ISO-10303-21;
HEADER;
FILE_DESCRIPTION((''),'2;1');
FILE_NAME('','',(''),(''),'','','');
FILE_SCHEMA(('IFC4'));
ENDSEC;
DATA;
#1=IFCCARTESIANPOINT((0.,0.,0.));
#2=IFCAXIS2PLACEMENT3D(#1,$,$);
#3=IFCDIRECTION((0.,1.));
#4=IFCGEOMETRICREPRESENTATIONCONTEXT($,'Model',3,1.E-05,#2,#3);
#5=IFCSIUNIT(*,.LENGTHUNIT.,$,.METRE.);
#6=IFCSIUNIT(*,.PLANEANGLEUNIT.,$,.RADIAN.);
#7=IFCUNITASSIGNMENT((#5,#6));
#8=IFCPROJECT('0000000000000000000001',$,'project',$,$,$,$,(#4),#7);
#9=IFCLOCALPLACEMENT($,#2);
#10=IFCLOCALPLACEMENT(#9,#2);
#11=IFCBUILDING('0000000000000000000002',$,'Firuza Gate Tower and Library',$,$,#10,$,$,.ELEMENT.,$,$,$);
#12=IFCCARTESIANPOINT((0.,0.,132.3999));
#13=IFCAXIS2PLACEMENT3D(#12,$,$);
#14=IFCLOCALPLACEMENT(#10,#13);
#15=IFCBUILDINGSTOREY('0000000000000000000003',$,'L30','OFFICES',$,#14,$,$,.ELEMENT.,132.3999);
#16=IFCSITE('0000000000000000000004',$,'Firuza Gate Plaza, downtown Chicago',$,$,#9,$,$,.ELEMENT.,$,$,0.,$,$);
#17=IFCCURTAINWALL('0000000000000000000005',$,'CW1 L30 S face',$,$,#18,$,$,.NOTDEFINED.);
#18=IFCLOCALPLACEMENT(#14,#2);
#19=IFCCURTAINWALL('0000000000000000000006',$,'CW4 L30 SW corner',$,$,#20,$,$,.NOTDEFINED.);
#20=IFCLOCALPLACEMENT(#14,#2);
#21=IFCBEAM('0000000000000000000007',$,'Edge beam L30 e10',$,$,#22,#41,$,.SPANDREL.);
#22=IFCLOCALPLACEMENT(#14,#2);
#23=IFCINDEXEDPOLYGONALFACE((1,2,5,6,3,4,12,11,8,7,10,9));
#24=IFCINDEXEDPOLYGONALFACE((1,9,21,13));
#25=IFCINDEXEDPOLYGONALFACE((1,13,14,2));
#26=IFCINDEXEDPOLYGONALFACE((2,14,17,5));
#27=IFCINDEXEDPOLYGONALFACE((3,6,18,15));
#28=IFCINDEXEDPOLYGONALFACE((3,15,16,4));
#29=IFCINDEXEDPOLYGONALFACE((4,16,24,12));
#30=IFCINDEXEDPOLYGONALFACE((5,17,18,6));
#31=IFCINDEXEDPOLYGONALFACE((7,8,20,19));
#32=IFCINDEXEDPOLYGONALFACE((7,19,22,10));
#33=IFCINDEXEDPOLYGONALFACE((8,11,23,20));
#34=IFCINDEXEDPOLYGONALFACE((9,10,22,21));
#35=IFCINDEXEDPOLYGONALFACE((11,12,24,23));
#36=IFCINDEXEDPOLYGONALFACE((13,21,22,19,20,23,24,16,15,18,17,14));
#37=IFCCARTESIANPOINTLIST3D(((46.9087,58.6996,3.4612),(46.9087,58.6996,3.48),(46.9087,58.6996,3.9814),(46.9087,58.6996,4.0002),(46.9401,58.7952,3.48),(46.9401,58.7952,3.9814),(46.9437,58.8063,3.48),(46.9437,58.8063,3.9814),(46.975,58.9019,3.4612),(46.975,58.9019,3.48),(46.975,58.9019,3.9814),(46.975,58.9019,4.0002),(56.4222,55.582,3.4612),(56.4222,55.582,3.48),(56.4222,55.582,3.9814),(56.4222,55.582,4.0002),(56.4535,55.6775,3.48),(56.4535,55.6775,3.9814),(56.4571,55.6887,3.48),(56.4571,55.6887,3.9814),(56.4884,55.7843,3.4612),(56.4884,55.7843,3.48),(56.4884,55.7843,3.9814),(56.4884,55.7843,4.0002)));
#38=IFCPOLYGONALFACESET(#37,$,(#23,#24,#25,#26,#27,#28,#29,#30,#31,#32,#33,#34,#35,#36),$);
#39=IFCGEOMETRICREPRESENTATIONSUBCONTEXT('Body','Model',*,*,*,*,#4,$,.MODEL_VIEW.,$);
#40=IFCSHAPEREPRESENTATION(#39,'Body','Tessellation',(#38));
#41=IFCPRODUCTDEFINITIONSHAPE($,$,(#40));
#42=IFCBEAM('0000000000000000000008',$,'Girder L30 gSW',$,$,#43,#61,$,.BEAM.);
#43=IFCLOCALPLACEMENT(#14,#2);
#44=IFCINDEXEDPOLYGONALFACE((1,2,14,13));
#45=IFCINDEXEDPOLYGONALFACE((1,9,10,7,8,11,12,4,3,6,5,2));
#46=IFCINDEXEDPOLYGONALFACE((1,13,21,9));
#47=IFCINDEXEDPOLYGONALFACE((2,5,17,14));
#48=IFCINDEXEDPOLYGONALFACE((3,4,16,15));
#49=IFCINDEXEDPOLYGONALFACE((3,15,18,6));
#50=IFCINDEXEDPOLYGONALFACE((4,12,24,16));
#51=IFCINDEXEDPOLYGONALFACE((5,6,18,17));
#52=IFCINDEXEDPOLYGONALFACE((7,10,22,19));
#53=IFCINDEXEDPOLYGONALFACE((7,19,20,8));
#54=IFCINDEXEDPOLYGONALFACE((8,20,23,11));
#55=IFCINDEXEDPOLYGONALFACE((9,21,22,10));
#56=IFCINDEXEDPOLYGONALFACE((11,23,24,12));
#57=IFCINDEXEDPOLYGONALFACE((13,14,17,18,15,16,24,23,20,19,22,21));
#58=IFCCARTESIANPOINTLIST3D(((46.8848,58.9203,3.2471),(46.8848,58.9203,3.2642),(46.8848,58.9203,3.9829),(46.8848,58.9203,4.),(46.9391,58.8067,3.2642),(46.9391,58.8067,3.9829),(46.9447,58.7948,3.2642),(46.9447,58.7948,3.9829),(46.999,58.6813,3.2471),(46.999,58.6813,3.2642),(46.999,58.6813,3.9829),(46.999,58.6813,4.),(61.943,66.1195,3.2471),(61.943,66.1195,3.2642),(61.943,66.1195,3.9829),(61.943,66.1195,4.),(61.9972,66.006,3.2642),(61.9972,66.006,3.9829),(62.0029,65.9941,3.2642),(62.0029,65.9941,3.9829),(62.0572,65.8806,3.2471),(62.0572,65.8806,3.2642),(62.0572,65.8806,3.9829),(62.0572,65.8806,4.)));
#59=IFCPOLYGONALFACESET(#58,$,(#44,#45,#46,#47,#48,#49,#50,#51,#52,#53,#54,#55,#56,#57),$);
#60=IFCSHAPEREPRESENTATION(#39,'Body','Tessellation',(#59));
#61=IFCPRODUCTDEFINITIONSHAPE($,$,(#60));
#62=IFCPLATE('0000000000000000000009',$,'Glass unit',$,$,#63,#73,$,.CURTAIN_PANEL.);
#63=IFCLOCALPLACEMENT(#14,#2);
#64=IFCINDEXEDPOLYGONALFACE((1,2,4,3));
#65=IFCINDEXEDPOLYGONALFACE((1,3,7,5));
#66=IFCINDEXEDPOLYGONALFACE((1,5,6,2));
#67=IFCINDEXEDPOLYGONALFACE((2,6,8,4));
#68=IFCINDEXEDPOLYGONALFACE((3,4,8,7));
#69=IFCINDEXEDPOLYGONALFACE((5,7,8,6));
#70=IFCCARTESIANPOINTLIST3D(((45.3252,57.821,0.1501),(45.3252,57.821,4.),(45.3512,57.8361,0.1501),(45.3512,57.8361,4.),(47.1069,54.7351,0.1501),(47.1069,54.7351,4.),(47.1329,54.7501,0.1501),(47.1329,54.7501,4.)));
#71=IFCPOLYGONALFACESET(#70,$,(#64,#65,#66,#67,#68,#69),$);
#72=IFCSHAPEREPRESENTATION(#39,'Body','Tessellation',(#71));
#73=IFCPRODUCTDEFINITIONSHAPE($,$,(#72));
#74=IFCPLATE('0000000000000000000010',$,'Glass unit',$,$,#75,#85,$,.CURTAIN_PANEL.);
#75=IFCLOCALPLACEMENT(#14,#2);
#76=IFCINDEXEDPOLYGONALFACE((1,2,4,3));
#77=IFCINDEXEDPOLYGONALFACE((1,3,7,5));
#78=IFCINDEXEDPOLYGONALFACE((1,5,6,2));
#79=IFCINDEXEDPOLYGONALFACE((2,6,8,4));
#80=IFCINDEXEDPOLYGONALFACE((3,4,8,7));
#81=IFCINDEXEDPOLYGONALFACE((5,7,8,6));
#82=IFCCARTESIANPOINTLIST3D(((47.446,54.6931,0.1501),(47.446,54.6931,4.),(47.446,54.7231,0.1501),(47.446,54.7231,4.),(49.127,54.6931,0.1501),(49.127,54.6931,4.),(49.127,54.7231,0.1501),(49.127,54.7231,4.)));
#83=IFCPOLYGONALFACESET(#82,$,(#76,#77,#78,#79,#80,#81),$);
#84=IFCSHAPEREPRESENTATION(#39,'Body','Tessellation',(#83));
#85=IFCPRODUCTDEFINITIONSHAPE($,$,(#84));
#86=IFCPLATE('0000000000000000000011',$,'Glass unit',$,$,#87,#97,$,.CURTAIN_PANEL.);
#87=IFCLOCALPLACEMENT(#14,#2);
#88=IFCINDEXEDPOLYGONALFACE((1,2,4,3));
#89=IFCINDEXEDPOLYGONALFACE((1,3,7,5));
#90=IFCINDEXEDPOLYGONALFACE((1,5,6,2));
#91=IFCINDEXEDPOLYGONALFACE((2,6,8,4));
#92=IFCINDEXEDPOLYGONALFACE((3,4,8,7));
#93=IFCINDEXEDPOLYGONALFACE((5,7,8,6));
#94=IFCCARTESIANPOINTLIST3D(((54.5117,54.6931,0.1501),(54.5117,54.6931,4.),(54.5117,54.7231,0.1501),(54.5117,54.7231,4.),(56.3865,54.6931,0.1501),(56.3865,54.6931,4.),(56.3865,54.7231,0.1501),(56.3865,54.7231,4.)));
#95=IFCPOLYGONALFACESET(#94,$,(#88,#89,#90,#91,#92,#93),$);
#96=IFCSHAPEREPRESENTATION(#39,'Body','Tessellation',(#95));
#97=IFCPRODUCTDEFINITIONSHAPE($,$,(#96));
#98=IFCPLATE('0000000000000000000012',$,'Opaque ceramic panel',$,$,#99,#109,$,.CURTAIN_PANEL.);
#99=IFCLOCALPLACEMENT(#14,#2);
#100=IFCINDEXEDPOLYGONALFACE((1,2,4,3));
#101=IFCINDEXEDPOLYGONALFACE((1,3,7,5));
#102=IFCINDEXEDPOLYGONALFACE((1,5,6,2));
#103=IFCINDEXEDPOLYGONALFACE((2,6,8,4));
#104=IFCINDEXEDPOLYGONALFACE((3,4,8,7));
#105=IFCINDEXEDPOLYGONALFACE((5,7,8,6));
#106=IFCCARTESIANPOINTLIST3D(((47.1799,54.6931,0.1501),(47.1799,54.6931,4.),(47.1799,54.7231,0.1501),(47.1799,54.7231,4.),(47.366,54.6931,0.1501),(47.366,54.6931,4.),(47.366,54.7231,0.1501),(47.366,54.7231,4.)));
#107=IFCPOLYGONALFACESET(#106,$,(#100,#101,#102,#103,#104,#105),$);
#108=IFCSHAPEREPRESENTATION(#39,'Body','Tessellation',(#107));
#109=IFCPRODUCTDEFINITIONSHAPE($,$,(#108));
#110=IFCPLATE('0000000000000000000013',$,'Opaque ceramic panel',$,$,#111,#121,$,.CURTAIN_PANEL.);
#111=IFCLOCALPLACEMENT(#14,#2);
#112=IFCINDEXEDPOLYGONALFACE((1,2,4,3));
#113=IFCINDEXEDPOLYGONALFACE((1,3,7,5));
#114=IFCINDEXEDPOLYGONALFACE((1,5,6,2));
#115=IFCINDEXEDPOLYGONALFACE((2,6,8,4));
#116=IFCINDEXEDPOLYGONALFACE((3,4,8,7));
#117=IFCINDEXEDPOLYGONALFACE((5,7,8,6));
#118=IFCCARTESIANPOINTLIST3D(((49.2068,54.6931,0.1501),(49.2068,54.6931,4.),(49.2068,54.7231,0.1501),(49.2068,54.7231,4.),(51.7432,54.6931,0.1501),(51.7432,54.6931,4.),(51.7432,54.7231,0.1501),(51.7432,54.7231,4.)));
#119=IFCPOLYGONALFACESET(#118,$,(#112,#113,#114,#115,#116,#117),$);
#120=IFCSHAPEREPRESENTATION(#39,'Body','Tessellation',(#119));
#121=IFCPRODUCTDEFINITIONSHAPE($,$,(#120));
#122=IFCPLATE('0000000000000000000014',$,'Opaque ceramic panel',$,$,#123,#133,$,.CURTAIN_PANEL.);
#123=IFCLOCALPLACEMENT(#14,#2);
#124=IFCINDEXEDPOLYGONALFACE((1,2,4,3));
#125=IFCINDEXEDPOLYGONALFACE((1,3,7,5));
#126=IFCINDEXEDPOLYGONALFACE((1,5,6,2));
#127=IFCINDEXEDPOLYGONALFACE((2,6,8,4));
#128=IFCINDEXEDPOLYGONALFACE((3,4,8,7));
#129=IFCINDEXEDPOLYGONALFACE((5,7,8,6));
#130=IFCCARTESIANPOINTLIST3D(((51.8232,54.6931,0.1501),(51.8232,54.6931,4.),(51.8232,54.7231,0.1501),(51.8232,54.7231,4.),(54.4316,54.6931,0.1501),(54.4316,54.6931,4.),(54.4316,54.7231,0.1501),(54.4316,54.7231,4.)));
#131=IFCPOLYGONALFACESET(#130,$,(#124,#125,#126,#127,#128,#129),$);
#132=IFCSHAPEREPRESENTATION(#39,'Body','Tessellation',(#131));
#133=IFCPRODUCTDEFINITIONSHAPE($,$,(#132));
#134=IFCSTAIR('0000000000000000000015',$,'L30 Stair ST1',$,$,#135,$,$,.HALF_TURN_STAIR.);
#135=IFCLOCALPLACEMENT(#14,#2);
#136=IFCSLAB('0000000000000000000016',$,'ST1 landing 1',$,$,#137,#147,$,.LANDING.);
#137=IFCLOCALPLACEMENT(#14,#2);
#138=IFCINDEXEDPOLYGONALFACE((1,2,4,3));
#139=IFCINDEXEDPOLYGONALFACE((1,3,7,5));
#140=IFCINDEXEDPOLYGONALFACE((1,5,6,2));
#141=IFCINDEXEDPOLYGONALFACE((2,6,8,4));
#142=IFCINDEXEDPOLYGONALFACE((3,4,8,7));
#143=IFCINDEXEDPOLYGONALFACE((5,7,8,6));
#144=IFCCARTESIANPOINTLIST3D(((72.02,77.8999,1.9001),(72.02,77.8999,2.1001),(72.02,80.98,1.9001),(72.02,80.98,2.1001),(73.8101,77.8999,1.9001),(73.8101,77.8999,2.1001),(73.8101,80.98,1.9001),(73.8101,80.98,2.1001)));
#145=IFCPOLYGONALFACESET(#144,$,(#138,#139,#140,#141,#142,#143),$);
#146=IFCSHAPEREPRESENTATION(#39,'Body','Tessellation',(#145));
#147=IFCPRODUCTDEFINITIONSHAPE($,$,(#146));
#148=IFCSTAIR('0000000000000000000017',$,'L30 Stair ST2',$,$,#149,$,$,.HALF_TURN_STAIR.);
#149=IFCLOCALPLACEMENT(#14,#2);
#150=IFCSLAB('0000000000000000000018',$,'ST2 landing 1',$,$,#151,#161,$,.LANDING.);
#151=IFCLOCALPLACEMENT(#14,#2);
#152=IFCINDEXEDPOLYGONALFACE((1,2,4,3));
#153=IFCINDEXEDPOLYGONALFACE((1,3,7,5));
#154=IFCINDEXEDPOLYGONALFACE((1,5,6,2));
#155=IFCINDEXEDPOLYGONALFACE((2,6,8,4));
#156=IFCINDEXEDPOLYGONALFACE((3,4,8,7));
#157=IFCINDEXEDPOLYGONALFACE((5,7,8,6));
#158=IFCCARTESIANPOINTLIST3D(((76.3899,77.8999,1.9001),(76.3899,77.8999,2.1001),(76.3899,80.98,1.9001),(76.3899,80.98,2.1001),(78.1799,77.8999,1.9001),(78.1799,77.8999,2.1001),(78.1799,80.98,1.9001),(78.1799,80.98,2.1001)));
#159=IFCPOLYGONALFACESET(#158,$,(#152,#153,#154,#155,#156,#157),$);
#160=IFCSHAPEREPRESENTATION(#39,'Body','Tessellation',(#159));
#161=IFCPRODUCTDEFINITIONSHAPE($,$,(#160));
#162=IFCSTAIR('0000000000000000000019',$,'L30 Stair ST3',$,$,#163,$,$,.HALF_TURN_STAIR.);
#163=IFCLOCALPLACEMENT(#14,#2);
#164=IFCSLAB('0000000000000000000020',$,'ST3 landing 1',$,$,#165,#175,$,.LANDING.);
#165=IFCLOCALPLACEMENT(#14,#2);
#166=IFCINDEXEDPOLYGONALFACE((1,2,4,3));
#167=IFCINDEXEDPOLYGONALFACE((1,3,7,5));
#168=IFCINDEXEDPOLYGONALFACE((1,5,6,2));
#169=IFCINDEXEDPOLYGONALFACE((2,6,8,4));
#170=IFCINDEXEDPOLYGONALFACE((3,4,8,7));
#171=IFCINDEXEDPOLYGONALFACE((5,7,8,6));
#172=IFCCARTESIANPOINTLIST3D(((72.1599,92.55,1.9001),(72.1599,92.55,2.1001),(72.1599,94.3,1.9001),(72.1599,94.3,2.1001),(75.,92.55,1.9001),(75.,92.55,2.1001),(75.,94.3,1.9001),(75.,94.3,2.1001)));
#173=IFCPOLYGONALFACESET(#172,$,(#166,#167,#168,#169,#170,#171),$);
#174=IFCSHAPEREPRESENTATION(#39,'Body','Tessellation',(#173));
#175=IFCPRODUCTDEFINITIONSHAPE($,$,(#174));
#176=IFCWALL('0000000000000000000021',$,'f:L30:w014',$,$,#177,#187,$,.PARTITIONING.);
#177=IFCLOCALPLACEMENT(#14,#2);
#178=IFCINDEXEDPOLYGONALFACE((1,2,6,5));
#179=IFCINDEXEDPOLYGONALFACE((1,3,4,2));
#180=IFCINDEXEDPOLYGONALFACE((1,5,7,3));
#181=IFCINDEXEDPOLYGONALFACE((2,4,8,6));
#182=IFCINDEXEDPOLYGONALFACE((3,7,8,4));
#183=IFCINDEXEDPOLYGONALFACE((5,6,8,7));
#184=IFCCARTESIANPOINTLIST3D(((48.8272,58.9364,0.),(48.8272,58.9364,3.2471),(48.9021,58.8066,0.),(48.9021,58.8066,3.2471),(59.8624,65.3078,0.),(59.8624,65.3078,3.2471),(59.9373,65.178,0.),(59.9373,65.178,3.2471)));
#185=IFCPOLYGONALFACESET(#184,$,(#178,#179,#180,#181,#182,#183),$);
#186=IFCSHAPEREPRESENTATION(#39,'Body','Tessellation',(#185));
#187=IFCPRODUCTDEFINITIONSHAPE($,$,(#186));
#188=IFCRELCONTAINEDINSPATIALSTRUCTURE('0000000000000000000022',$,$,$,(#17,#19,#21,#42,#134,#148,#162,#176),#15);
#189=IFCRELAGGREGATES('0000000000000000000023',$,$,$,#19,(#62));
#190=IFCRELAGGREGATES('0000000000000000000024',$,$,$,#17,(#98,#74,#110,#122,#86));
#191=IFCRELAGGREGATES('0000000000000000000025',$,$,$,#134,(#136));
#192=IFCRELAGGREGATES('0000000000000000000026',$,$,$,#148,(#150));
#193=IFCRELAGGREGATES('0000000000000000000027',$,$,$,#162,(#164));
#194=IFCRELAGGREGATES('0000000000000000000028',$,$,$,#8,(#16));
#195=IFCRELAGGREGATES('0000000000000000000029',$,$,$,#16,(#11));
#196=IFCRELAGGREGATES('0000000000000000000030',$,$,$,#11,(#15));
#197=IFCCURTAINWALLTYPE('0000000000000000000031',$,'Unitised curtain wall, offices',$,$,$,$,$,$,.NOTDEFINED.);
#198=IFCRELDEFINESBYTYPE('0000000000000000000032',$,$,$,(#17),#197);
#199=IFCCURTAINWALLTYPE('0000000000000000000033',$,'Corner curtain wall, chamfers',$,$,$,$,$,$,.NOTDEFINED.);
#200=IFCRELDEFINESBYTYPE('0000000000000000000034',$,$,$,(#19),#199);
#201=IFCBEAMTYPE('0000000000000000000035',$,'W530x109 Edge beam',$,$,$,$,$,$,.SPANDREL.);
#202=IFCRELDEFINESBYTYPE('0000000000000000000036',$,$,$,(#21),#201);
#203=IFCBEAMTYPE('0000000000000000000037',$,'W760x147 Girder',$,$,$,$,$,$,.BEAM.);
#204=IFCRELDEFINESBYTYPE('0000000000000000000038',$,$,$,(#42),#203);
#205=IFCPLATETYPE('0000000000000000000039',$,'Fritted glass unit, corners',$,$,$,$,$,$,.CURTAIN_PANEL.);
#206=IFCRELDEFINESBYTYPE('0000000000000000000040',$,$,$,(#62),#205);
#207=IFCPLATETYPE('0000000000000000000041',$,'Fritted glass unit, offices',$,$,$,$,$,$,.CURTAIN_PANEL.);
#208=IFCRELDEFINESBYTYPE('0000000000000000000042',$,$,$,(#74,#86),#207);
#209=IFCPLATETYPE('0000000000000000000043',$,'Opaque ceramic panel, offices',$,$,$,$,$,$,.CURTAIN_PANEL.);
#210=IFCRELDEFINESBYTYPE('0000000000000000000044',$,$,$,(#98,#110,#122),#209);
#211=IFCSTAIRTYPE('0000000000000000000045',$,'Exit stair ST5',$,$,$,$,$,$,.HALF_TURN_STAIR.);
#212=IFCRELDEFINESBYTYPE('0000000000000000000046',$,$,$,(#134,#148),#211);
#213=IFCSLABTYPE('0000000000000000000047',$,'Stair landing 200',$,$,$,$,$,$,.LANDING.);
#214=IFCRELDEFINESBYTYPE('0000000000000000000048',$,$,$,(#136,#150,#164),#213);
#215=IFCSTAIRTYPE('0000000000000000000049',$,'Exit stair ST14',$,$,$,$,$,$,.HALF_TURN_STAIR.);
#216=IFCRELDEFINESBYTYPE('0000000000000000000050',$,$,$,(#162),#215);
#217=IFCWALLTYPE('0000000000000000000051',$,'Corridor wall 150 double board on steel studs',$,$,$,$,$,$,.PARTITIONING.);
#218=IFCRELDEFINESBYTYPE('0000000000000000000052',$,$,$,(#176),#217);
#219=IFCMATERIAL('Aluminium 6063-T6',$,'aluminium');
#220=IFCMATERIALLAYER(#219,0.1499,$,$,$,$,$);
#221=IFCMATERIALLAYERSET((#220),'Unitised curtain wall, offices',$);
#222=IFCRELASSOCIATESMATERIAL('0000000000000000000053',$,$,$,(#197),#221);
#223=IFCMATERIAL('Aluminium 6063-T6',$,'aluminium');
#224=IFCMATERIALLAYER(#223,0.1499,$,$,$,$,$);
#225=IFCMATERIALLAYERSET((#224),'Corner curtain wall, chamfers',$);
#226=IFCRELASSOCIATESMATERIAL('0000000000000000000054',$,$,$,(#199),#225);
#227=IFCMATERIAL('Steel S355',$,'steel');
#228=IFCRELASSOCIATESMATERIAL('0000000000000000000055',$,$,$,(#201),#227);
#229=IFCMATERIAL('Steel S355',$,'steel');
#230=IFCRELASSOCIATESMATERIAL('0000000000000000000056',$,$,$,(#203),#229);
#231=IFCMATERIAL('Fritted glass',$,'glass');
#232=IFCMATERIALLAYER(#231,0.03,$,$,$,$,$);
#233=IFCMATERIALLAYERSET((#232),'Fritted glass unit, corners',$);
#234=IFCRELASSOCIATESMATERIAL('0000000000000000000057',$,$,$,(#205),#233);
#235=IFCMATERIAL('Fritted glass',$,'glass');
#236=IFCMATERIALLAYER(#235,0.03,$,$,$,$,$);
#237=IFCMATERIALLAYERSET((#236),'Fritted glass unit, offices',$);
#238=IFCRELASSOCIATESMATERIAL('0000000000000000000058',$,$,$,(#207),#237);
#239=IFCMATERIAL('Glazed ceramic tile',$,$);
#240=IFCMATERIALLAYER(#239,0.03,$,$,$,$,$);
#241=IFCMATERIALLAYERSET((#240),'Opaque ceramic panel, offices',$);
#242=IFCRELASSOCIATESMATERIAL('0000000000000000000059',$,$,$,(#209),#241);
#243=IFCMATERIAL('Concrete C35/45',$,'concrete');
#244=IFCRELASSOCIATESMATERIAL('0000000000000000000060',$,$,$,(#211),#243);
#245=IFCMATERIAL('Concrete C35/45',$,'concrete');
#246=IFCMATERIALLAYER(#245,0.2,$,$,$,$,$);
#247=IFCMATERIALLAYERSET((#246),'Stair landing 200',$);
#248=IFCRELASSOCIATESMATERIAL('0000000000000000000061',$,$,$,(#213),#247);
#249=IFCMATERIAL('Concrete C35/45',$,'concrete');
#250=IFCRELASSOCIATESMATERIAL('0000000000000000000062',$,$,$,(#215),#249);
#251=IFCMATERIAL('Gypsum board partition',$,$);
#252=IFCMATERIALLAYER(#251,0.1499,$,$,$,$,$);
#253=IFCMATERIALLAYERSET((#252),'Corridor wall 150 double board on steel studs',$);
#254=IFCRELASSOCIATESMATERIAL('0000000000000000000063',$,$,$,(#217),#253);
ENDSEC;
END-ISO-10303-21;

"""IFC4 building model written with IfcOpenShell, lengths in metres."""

from ifc_helpers import new_model, si_unit, direction, frame, frame_2d, origin, origin_2d, place, context, subcontext, project, spatial, polyline, rectangle, i_section, outline, extrude, material, layer, layer_set, material_profile, profile_set, type_object, element, aggregate, save


model = new_model("IFC4")

# Units and contexts
model_context = context("Model", 3, precision=1e-05, world=origin(), true_north=direction((0.0, 1.0)))
body_context = subcontext(model_context, "Body", "Model", "MODEL_VIEW")
ifc_project = project(units=[si_unit("LENGTHUNIT", "METRE"), si_unit("PLANEANGLEUNIT", "RADIAN")], contexts=[model_context])

# Site, building, storey
site_placement = place(None, origin())
site = spatial("IfcSite", under=ifc_project, at=site_placement, Name="Firuza Gate Plaza, downtown Chicago", CompositionType="ELEMENT", RefElevation=0.0)
building_placement = place(site_placement, origin())
building = spatial("IfcBuilding", under=site, at=building_placement, Name="Firuza Gate Tower and Library", CompositionType="ELEMENT")
storey_placement = place(building_placement, frame((0.0, 0.0, 132.3999)))
storey = spatial("IfcBuildingStorey", under=building, at=storey_placement, Name="L30", Description="OFFICES", CompositionType="ELEMENT", Elevation=132.3999)

# Curtain walls
ifc_material_1 = material(Name="Aluminium 6063-T6", Category="aluminium")
ifc_layer_1 = layer(ifc_material_1, 0.1499)
ifc_layer_set_1 = layer_set([ifc_layer_1], Name="Unitised curtain wall, offices")
curtain_wall_type_1 = type_object("IfcCurtainWallType", Name="Unitised curtain wall, offices", PredefinedType="NOTDEFINED", material=ifc_layer_set_1)
placement_1 = place(storey_placement, origin())
curtain_wall_1 = element("IfcCurtainWall", 1, at=placement_1, inside=storey, type_object=curtain_wall_type_1, Name="CW1 L30 S face", PredefinedType="NOTDEFINED")
ifc_material_2 = material(Name="Aluminium 6063-T6", Category="aluminium")
ifc_layer_2 = layer(ifc_material_2, 0.1499)
ifc_layer_set_2 = layer_set([ifc_layer_2], Name="Corner curtain wall, chamfers")
curtain_wall_type_2 = type_object("IfcCurtainWallType", Name="Corner curtain wall, chamfers", PredefinedType="NOTDEFINED", material=ifc_layer_set_2)
curtain_wall_2 = element("IfcCurtainWall", 2, at=placement_1, inside=storey, type_object=curtain_wall_type_2, Name="CW4 L30 SW corner", PredefinedType="NOTDEFINED")

# Beams
ifc_material_3 = material(Name="Steel S355", Category="steel")
ifc_material_profile_1 = material_profile(ifc_material_3, i_section(OverallWidth=0.2129, OverallDepth=0.5391, WebThickness=0.0117, FlangeThickness=0.0188, at=origin_2d()))
ifc_profile_set_1 = profile_set([ifc_material_profile_1], Name="Steel S355")
beam_type_1 = type_object("IfcBeamType", Name="W530x109 Edge beam", PredefinedType="SPANDREL", material=ifc_profile_set_1)
beam_1_placement = place(storey_placement, frame((46.9419, 58.8008, 3.7307), z_axis=(0.950273, -0.311417, 0.0), x_axis=(0.311417, 0.950273, 0.0)))
element("IfcBeam", 3, at=beam_1_placement, inside=storey, type_object=beam_type_1, Name="Edge beam L30 e10", PredefinedType="SPANDREL", context=body_context, shape_type="SweptSolid", body=[
    extrude(i_section(OverallWidth=0.2129, OverallDepth=0.5391, WebThickness=0.0117, FlangeThickness=0.0188, at=origin_2d()), origin(), (0.0, 0.0, 1.0), 10.0112),
])
ifc_material_4 = material(Name="Steel S355", Category="steel")
ifc_material_profile_2 = material_profile(ifc_material_4, i_section(OverallWidth=0.2649, OverallDepth=0.7529, WebThickness=0.0132, FlangeThickness=0.0171, at=origin_2d()))
ifc_profile_set_2 = profile_set([ifc_material_profile_2], Name="Steel S355")
beam_type_2 = type_object("IfcBeamType", Name="W760x147 Girder", PredefinedType="BEAM", material=ifc_profile_set_2)
beam_2_placement = place(storey_placement, frame((46.9419, 58.8008, 3.6235), z_axis=(0.902192, 0.431334, 0.0), x_axis=(-0.431334, 0.902192, 0.0)))
element("IfcBeam", 4, at=beam_2_placement, inside=storey, type_object=beam_type_2, Name="Girder L30 gSW", PredefinedType="BEAM", context=body_context, shape_type="SweptSolid", body=[
    extrude(i_section(OverallWidth=0.2649, OverallDepth=0.7529, WebThickness=0.0132, FlangeThickness=0.0171, at=origin_2d()), origin(), (0.0, 0.0, 1.0), 16.6907),
])

# Plates
ifc_material_5 = material(Name="Fritted glass", Category="glass")
ifc_layer_3 = layer(ifc_material_5, 0.03)
ifc_layer_set_3 = layer_set([ifc_layer_3], Name="Fritted glass unit, corners")
plate_type_1 = type_object("IfcPlateType", Name="Fritted glass unit, corners", PredefinedType="CURTAIN_PANEL", material=ifc_layer_set_3)
plate_1_placement = place(storey_placement, frame((45.3252, 57.821, 0.1501), z_axis=(-0.866017, -0.500015, 0.0), x_axis=(0.500015, -0.866017, 0.0)))
plate_1 = element("IfcPlate", 5, at=plate_1_placement, type_object=plate_type_1, Name="Glass unit", PredefinedType="CURTAIN_PANEL", context=body_context, shape_type="SweptSolid", body=[
    extrude(outline(polyline([(0.0, 0.0), (3.5634, 0.0), (3.5634, 3.8499), (0.0, 3.8499), (0.0, 0.0)])), origin(), (0.0, 0.0, -1.0), 0.03),
])
aggregate(curtain_wall_2, [plate_1])
ifc_material_6 = material(Name="Fritted glass", Category="glass")
ifc_layer_4 = layer(ifc_material_6, 0.03)
ifc_layer_set_4 = layer_set([ifc_layer_4], Name="Fritted glass unit, offices")
plate_type_2 = type_object("IfcPlateType", Name="Fritted glass unit, offices", PredefinedType="CURTAIN_PANEL", material=ifc_layer_set_4)
plate_2_placement = place(storey_placement, frame((47.446, 54.6931, 0.1501), z_axis=(0.0, -1.0, 0.0), x_axis=(1.0, 0.0, 0.0)))
plate_2 = element("IfcPlate", 6, at=plate_2_placement, type_object=plate_type_2, Name="Glass unit", PredefinedType="CURTAIN_PANEL", context=body_context, shape_type="SweptSolid", body=[
    extrude(outline(polyline([(0.0, 0.0), (1.6809, 0.0), (1.6809, 3.8499), (0.0, 3.8499), (0.0, 0.0)])), origin(), (0.0, 0.0, -1.0), 0.03),
])
plate_3_placement = place(storey_placement, frame((54.5117, 54.6931, 0.1501), z_axis=(0.0, -1.0, 0.0), x_axis=(1.0, 0.0, 0.0)))
plate_3 = element("IfcPlate", 7, at=plate_3_placement, type_object=plate_type_2, Name="Glass unit", PredefinedType="CURTAIN_PANEL", context=body_context, shape_type="SweptSolid", body=[
    extrude(outline(polyline([(0.0, 0.0), (1.8748, 0.0), (1.8748, 3.8499), (0.0, 3.8499), (0.0, 0.0)])), origin(), (0.0, 0.0, -1.0), 0.03),
])
ifc_material_7 = material(Name="Glazed ceramic tile")
ifc_layer_5 = layer(ifc_material_7, 0.03)
ifc_layer_set_5 = layer_set([ifc_layer_5], Name="Opaque ceramic panel, offices")
plate_type_3 = type_object("IfcPlateType", Name="Opaque ceramic panel, offices", PredefinedType="CURTAIN_PANEL", material=ifc_layer_set_5)
plate_4_placement = place(storey_placement, frame((47.1799, 54.6931, 0.1501), z_axis=(0.0, -1.0, 0.0), x_axis=(1.0, 0.0, 0.0)))
plate_4 = element("IfcPlate", 8, at=plate_4_placement, type_object=plate_type_3, Name="Opaque ceramic panel", PredefinedType="CURTAIN_PANEL", context=body_context, shape_type="SweptSolid", body=[
    extrude(outline(polyline([(0.0, 0.0), (0.186, 0.0), (0.186, 3.8499), (0.0, 3.8499), (0.0, 0.0)])), origin(), (0.0, 0.0, -1.0), 0.03),
])
plate_5_placement = place(storey_placement, frame((49.2068, 54.6931, 0.1501), z_axis=(0.0, -1.0, 0.0), x_axis=(1.0, 0.0, 0.0)))
plate_5 = element("IfcPlate", 9, at=plate_5_placement, type_object=plate_type_3, Name="Opaque ceramic panel", PredefinedType="CURTAIN_PANEL", context=body_context, shape_type="SweptSolid", body=[
    extrude(outline(polyline([(0.0, 0.0), (2.5364, 0.0), (2.5364, 3.8499), (0.0, 3.8499), (0.0, 0.0)])), origin(), (0.0, 0.0, -1.0), 0.03),
])
plate_6_placement = place(storey_placement, frame((51.8232, 54.6931, 0.1501), z_axis=(0.0, -1.0, 0.0), x_axis=(1.0, 0.0, 0.0)))
plate_6 = element("IfcPlate", 10, at=plate_6_placement, type_object=plate_type_3, Name="Opaque ceramic panel", PredefinedType="CURTAIN_PANEL", context=body_context, shape_type="SweptSolid", body=[
    extrude(outline(polyline([(0.0, 0.0), (2.6084, 0.0), (2.6084, 3.8499), (0.0, 3.8499), (0.0, 0.0)])), origin(), (0.0, 0.0, -1.0), 0.03),
])
aggregate(curtain_wall_1, [plate_4, plate_2, plate_5, plate_6, plate_3])

# Stairs, slabs
ifc_material_8 = material(Name="Concrete C35/45", Category="concrete")
stair_type_1 = type_object("IfcStairType", Name="Exit stair ST5", PredefinedType="HALF_TURN_STAIR", material=ifc_material_8)
stair_1 = element("IfcStair", 11, at=placement_1, inside=storey, type_object=stair_type_1, Name="L30 Stair ST1", PredefinedType="HALF_TURN_STAIR")
ifc_material_9 = material(Name="Concrete C35/45", Category="concrete")
ifc_layer_6 = layer(ifc_material_9, 0.2)
ifc_layer_set_6 = layer_set([ifc_layer_6], Name="Stair landing 200")
slab_type_1 = type_object("IfcSlabType", Name="Stair landing 200", PredefinedType="LANDING", material=ifc_layer_set_6)
placement_2 = place(storey_placement, frame((0.0, 0.0, 1.9001)))
slab_1 = element("IfcSlab", 12, at=placement_2, type_object=slab_type_1, Name="ST1 landing 1", PredefinedType="LANDING", context=body_context, shape_type="SweptSolid", body=[
    extrude(outline(polyline([(72.02, 77.8999), (73.8101, 77.8999), (73.8101, 80.98), (72.02, 80.98), (72.02, 77.8999)])), origin(), (0.0, 0.0, 1.0), 0.2),
])
aggregate(stair_1, [slab_1])
stair_2 = element("IfcStair", 13, at=placement_1, inside=storey, type_object=stair_type_1, Name="L30 Stair ST2", PredefinedType="HALF_TURN_STAIR")
slab_2 = element("IfcSlab", 14, at=placement_2, type_object=slab_type_1, Name="ST2 landing 1", PredefinedType="LANDING", context=body_context, shape_type="SweptSolid", body=[
    extrude(outline(polyline([(78.1799, 80.98), (76.3899, 80.98), (76.3899, 77.8999), (78.1799, 77.8999), (78.1799, 80.98)])), origin(), (0.0, 0.0, 1.0), 0.2),
])
aggregate(stair_2, [slab_2])
ifc_material_10 = material(Name="Concrete C35/45", Category="concrete")
stair_type_2 = type_object("IfcStairType", Name="Exit stair ST14", PredefinedType="HALF_TURN_STAIR", material=ifc_material_10)
stair_3 = element("IfcStair", 15, at=placement_1, inside=storey, type_object=stair_type_2, Name="L30 Stair ST3", PredefinedType="HALF_TURN_STAIR")
slab_3 = element("IfcSlab", 16, at=placement_2, type_object=slab_type_1, Name="ST3 landing 1", PredefinedType="LANDING", context=body_context, shape_type="SweptSolid", body=[
    extrude(outline(polyline([(75.0, 92.55), (75.0, 94.3), (72.1599, 94.3), (72.1599, 92.55), (75.0, 92.55)])), origin(), (0.0, 0.0, 1.0), 0.2),
])
aggregate(stair_3, [slab_3])

# Wall
ifc_material_11 = material(Name="Gypsum board partition")
ifc_layer_7 = layer(ifc_material_11, 0.1499)
ifc_layer_set_7 = layer_set([ifc_layer_7], Name="Corridor wall 150 double board on steel studs")
wall_type = type_object("IfcWallType", Name="Corridor wall 150 double board on steel studs", PredefinedType="PARTITIONING", material=ifc_layer_set_7)
wall_1_placement = place(storey_placement, frame((48.8647, 58.8716, 0.0), z_axis=(0.0, 0.0, 1.0), x_axis=(0.866019, 0.500011, 0.0)))
element("IfcWall", 17, at=wall_1_placement, inside=storey, type_object=wall_type, Name="f:L30:w014", PredefinedType="PARTITIONING", context=body_context, shape_type="SweptSolid", body=[
    extrude(rectangle(XDim=12.7424, YDim=0.1499, at=frame_2d((6.3711, 0.0))), origin(), (0.0, 0.0, 1.0), 3.2471),
])

save(model, "model.ifc")
